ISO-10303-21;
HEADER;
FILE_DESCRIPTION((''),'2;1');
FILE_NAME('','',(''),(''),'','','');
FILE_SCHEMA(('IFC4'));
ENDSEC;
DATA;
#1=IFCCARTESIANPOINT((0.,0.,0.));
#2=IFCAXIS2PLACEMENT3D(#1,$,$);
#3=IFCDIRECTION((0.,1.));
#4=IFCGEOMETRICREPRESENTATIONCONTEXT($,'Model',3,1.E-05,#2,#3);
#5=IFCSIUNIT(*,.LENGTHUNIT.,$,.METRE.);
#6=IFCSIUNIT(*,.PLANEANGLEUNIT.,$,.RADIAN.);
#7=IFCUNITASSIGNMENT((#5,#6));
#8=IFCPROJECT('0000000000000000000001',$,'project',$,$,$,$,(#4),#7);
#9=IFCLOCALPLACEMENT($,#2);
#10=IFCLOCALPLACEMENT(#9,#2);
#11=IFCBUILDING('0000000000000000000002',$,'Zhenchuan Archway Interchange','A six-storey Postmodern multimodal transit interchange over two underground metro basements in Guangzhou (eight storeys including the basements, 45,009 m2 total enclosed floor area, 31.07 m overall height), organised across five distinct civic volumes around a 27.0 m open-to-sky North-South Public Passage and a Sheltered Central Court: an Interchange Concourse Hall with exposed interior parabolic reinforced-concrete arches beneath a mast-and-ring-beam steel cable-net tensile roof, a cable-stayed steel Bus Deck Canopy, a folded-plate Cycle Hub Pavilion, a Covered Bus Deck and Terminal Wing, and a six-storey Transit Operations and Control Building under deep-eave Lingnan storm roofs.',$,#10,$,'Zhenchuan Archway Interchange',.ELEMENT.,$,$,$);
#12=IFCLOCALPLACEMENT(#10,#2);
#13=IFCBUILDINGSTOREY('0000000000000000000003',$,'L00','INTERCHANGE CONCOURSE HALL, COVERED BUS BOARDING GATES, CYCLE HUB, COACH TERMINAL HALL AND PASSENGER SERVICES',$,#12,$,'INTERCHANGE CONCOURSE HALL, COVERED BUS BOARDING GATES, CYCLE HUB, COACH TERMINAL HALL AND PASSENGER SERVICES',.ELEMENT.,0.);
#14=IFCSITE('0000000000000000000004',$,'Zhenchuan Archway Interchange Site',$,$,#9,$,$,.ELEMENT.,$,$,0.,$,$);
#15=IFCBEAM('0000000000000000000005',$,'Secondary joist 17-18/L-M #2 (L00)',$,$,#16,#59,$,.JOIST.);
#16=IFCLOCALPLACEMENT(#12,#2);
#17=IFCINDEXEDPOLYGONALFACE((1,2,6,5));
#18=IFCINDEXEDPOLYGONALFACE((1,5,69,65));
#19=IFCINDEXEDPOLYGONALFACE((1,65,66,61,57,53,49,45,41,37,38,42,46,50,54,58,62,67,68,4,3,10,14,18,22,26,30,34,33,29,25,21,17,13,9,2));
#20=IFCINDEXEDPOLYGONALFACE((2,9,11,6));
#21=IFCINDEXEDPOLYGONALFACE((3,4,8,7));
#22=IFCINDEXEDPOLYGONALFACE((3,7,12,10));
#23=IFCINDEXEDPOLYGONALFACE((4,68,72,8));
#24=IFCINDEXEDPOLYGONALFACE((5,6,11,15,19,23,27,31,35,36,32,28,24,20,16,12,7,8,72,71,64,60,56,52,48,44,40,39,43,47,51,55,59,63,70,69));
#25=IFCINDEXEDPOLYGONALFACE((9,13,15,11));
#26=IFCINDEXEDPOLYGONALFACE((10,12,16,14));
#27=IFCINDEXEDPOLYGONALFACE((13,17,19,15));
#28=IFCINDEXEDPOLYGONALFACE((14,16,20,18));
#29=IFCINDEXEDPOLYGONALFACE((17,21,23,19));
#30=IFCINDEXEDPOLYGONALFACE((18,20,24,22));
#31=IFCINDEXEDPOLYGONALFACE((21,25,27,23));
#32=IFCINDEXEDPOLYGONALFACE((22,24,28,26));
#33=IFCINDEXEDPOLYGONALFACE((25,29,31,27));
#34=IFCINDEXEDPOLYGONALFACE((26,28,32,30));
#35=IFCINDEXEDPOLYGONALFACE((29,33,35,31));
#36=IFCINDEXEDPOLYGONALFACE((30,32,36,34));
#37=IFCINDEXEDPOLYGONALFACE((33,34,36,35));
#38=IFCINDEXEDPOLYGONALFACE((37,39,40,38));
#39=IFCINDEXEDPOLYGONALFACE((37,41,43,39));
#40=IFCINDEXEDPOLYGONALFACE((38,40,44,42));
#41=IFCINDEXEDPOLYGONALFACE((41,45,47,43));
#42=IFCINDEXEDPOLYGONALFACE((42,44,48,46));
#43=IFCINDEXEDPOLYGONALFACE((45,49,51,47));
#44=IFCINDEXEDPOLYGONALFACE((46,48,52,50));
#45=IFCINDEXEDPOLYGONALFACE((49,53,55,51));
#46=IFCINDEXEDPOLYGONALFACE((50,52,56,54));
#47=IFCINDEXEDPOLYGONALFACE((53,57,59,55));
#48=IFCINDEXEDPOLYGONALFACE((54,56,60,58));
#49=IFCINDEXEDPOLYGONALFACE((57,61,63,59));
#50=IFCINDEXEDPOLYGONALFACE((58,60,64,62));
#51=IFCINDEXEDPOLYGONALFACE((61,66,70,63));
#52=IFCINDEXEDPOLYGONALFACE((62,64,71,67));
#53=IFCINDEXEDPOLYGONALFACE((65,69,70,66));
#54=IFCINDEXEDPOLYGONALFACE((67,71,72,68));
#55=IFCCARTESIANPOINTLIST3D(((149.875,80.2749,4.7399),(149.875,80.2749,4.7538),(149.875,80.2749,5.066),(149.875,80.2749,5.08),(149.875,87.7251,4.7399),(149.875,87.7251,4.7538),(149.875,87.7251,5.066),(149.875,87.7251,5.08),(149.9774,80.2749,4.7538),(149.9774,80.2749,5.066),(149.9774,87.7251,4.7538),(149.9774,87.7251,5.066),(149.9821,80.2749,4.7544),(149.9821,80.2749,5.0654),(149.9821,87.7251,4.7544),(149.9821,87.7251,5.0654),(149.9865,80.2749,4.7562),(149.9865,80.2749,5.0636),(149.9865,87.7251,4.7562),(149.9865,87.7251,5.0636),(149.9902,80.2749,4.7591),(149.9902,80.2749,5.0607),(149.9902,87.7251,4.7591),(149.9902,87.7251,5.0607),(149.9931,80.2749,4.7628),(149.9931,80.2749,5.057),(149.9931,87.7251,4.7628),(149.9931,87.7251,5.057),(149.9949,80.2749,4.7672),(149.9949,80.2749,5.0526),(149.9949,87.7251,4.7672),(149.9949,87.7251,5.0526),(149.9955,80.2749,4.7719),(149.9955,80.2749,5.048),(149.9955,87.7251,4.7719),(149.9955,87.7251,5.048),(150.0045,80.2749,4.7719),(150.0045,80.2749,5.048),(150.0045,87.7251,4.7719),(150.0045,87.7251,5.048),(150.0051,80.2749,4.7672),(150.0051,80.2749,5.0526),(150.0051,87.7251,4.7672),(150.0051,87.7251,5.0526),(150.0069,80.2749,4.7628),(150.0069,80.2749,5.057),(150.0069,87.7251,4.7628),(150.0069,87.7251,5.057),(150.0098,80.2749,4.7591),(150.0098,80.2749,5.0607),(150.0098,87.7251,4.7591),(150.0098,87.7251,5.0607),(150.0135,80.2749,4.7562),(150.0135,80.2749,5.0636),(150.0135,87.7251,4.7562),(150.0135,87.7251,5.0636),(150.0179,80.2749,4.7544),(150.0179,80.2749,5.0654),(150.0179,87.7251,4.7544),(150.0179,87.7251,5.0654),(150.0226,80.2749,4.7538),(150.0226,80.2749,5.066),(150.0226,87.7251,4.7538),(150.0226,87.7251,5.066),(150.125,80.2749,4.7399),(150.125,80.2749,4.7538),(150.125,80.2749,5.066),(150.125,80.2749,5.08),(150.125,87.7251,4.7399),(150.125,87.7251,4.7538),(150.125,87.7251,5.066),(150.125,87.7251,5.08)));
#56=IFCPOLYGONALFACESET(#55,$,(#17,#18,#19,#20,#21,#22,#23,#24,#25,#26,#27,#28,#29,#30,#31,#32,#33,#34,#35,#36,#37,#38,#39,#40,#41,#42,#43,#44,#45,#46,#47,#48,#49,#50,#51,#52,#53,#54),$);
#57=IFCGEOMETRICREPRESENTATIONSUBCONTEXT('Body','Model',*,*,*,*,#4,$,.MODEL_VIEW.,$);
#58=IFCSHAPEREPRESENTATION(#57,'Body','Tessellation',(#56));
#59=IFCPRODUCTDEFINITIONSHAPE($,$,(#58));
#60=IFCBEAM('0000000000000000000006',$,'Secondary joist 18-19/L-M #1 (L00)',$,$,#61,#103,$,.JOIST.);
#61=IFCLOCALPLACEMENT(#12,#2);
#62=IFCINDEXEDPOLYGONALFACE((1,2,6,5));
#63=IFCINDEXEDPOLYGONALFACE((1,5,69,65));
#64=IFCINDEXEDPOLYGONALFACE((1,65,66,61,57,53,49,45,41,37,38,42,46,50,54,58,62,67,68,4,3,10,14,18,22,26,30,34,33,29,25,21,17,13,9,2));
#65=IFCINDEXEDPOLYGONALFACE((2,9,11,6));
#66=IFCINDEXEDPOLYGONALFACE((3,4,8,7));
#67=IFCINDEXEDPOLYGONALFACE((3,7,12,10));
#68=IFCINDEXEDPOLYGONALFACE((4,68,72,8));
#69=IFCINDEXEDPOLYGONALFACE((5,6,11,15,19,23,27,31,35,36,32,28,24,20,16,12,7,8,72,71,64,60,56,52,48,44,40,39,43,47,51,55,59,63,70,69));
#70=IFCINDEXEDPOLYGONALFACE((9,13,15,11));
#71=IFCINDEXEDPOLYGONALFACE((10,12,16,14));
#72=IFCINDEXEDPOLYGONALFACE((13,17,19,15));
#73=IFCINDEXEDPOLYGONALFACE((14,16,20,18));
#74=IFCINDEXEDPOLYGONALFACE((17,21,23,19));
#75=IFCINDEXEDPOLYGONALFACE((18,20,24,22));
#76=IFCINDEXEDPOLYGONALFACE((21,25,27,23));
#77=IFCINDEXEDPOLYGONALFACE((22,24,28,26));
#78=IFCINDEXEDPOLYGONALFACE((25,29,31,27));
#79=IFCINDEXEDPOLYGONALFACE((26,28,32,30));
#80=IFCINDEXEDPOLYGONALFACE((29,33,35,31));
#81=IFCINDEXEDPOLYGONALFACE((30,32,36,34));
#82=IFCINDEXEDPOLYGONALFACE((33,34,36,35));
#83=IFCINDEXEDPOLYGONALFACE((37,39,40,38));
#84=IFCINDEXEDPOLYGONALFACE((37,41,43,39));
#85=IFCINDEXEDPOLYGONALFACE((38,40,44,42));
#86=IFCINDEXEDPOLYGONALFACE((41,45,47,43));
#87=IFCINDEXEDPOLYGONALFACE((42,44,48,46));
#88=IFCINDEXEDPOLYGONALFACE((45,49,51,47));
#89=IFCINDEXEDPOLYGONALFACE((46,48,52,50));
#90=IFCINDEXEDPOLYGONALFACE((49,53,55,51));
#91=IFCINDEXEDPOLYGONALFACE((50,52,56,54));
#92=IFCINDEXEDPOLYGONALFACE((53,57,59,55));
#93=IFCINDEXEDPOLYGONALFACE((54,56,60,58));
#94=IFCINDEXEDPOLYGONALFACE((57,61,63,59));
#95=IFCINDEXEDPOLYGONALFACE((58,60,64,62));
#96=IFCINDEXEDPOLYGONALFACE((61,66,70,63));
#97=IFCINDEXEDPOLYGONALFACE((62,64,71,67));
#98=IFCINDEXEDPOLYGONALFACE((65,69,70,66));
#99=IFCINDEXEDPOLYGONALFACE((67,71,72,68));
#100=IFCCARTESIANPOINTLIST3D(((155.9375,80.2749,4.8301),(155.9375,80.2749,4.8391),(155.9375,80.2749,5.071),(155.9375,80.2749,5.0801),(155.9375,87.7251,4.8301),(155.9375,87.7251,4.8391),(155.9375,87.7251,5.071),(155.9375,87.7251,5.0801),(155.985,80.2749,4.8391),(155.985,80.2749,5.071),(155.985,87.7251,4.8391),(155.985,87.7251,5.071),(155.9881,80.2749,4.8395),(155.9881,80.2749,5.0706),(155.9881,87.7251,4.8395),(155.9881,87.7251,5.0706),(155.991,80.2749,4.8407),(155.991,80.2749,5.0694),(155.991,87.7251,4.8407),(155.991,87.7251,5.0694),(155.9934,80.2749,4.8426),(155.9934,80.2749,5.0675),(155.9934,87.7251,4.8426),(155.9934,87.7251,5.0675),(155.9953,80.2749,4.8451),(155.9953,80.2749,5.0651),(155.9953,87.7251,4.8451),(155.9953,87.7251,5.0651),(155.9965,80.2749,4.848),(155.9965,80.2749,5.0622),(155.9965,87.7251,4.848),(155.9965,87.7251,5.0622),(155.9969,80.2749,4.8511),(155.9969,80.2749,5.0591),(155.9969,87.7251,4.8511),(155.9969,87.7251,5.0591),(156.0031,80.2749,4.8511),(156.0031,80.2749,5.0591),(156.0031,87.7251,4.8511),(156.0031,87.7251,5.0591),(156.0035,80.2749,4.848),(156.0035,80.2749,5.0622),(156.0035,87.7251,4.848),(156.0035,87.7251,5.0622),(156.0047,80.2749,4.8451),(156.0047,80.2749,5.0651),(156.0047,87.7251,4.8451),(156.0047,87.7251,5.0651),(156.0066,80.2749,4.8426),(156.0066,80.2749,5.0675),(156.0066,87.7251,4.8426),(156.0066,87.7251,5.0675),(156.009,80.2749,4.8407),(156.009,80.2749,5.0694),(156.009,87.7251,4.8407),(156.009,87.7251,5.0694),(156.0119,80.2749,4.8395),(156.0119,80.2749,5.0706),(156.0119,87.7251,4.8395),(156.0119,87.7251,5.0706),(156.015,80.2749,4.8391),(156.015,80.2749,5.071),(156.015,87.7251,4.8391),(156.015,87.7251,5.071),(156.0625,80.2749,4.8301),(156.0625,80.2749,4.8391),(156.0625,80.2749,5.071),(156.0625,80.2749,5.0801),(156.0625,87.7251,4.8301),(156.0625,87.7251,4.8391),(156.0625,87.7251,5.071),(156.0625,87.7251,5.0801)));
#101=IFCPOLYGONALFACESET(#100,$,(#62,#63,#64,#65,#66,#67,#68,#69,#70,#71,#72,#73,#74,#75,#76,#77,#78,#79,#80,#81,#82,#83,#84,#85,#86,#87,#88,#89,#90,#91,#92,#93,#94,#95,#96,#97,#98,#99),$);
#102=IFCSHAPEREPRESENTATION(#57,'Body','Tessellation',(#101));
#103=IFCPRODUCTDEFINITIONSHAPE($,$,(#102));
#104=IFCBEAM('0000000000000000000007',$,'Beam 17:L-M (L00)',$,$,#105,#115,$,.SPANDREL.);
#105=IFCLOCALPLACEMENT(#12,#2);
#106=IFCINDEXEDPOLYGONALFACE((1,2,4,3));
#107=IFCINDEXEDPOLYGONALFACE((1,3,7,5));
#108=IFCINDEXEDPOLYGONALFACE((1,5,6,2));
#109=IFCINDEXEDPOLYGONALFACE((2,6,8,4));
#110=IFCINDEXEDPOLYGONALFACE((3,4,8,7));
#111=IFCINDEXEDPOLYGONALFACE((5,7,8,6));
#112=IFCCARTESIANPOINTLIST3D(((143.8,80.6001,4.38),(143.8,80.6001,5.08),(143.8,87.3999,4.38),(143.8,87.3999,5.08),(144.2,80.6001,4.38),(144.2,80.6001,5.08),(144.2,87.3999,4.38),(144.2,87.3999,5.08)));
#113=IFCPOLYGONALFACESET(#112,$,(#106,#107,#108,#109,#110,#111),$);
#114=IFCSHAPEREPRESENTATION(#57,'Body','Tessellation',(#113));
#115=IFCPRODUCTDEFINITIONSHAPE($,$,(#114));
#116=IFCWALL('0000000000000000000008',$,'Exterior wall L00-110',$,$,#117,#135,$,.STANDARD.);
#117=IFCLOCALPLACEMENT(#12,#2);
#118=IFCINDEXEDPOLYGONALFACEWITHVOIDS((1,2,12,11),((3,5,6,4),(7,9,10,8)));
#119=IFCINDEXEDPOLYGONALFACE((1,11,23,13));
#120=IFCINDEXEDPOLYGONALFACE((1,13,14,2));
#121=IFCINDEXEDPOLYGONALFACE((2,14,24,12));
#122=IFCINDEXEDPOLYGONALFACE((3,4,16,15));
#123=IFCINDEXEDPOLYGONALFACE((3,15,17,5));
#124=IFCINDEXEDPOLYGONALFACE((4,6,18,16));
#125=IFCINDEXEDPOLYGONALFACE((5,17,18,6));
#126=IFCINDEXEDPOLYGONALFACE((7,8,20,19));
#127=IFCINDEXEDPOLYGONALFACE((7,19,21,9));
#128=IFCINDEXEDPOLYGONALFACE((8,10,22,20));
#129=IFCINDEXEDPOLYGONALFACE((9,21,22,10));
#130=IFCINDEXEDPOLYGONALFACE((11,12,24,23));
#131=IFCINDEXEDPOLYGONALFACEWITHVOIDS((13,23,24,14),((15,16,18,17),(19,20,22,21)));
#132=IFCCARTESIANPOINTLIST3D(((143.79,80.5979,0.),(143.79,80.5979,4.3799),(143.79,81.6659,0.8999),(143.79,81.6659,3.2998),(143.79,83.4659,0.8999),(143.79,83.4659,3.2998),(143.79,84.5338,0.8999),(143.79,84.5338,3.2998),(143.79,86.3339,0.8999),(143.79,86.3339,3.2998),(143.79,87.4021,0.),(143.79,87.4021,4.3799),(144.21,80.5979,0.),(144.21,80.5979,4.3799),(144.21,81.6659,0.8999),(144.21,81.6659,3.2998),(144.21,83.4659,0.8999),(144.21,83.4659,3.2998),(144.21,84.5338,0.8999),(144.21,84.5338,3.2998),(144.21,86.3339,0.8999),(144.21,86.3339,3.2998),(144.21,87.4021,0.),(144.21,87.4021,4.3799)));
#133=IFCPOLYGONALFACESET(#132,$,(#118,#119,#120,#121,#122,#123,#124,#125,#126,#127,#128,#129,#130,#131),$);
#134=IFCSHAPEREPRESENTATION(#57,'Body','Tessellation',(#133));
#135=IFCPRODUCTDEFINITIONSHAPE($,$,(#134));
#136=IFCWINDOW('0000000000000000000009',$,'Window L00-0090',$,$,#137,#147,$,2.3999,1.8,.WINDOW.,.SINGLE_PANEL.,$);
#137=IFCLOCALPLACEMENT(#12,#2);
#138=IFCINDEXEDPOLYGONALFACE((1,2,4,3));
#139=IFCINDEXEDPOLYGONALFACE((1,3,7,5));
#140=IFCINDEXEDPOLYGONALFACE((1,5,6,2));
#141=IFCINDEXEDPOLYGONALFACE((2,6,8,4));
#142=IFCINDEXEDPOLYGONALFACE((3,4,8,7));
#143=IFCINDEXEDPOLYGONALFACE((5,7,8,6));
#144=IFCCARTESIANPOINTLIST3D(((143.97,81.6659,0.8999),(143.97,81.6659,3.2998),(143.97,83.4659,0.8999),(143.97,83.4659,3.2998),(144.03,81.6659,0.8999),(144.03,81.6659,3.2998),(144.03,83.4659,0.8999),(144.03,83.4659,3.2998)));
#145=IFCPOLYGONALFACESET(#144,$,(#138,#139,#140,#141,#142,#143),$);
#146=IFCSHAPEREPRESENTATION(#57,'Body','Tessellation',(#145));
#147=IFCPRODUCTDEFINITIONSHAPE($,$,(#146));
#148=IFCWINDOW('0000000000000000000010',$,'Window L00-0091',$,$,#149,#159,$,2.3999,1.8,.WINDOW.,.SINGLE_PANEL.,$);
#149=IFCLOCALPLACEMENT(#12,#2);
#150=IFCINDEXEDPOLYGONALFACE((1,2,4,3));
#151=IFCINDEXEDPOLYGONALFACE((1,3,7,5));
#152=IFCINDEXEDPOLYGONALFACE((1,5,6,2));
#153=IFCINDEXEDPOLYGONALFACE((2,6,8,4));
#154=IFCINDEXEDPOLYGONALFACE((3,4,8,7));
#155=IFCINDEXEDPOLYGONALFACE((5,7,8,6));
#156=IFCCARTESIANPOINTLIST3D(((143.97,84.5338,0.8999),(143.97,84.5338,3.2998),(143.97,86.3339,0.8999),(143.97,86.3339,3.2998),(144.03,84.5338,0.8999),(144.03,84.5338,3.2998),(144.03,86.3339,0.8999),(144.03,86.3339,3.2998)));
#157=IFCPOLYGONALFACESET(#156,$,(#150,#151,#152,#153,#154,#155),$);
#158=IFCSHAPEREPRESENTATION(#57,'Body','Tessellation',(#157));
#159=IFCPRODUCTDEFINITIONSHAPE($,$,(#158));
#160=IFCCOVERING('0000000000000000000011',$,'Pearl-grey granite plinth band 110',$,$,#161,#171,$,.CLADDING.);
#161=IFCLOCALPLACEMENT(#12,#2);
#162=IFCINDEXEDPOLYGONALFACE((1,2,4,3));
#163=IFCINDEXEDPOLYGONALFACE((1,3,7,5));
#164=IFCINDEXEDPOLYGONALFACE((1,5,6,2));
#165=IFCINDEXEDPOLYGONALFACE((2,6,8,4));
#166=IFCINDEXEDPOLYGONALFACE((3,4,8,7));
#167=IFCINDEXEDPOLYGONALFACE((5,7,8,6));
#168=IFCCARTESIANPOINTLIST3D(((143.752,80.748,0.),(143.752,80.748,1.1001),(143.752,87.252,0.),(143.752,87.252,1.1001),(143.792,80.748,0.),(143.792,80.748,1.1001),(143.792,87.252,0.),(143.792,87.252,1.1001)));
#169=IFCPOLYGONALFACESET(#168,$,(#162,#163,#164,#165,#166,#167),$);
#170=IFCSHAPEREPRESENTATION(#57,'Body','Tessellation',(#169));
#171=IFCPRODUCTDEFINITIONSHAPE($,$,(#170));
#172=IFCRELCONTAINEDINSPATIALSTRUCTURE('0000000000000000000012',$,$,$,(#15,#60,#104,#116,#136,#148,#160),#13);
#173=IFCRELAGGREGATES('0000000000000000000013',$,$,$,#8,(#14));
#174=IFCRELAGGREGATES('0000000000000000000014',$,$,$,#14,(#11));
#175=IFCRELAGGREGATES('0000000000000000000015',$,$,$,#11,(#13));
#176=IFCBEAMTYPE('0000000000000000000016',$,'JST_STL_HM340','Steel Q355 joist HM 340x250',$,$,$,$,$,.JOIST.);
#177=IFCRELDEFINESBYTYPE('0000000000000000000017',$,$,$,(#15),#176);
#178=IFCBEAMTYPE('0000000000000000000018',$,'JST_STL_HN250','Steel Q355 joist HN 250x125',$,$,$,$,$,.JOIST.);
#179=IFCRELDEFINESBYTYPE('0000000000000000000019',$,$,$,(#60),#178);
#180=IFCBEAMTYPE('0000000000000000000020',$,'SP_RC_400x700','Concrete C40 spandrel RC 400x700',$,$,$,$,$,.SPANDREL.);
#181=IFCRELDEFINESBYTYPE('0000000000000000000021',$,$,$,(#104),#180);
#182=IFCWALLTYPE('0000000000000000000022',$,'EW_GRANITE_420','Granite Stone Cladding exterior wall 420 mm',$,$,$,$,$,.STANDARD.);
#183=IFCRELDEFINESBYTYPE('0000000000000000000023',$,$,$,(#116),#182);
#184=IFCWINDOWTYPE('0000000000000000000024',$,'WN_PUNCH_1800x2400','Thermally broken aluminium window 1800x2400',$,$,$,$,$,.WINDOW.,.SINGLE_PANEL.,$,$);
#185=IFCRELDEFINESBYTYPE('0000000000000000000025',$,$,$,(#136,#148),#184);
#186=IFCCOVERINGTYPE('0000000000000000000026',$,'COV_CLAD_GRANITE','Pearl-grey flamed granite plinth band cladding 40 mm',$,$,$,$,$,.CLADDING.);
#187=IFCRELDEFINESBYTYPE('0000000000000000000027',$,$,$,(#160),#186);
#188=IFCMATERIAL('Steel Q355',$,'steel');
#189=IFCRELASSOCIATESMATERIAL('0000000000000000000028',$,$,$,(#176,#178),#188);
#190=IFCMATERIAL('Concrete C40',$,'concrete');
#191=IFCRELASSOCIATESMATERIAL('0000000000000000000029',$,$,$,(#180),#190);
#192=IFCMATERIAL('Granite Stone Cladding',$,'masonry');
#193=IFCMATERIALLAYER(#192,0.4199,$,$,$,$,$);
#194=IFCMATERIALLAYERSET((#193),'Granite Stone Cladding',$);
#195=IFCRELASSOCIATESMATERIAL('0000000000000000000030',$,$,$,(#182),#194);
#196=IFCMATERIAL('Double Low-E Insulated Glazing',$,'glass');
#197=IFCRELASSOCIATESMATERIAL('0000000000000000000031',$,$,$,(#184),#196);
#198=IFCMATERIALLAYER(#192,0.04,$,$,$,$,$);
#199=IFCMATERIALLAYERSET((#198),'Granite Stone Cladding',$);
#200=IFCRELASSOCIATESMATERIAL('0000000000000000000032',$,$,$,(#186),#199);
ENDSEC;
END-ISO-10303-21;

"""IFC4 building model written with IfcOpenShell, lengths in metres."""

from ifc_helpers import new_model, si_unit, direction, frame, frame_2d, origin, origin_2d, place, context, subcontext, project, spatial, rectangle, i_section, extrude, material, layer, layer_set, material_profile, profile_set, type_object, element, fill, save


model = new_model("IFC4")

# Units and contexts
model_context = context("Model", 3, precision=1e-05, world=origin(), true_north=direction((0.0, 1.0)))
body_context = subcontext(model_context, "Body", "Model", "MODEL_VIEW")
ifc_project = project(units=[si_unit("LENGTHUNIT", "METRE"), si_unit("PLANEANGLEUNIT", "RADIAN")], contexts=[model_context])

# Site, building, storey
site_placement = place(None, origin())
site = spatial("IfcSite", under=ifc_project, at=site_placement, Name="Zhenchuan Archway Interchange Site", CompositionType="ELEMENT", RefElevation=0.0)
building_placement = place(site_placement, origin())
building = spatial("IfcBuilding", under=site, at=building_placement, Name="Zhenchuan Archway Interchange", Description="A six-storey Postmodern multimodal transit interchange over two underground metro basements in Guangzhou (eight storeys including the basements, 45,009 m2 total enclosed floor area, 31.07 m overall height), organised across five distinct civic volumes around a 27.0 m open-to-sky North-South Public Passage and a Sheltered Central Court: an Interchange Concourse Hall with exposed interior parabolic reinforced-concrete arches beneath a mast-and-ring-beam steel cable-net tensile roof, a cable-stayed steel Bus Deck Canopy, a folded-plate Cycle Hub Pavilion, a Covered Bus Deck and Terminal Wing, and a six-storey Transit Operations and Control Building under deep-eave Lingnan storm roofs.", LongName="Zhenchuan Archway Interchange", CompositionType="ELEMENT")
storey_placement = place(building_placement, origin())
storey = spatial("IfcBuildingStorey", under=building, at=storey_placement, Name="L00", Description="INTERCHANGE CONCOURSE HALL, COVERED BUS BOARDING GATES, CYCLE HUB, COACH TERMINAL HALL AND PASSENGER SERVICES", LongName="INTERCHANGE CONCOURSE HALL, COVERED BUS BOARDING GATES, CYCLE HUB, COACH TERMINAL HALL AND PASSENGER SERVICES", CompositionType="ELEMENT", Elevation=0.0)

# Shared definitions
ifc_material_1 = material(Name="Concrete C40", Category="concrete")

# Beams
ifc_material_2 = material(Name="Steel Q355", Category="steel")
ifc_material_profile_1 = material_profile(ifc_material_2, i_section(OverallWidth=0.25, OverallDepth=0.3401, WebThickness=0.009, FlangeThickness=0.0139, FilletRadius=0.0181, at=origin_2d()), Name="HM 340x250")
ifc_profile_set_1 = profile_set([ifc_material_profile_1], Name="Steel Q355")
beam_type_1 = type_object("IfcBeamType", Name="JST_STL_HM340", Description="Steel Q355 joist HM 340x250", PredefinedType="JOIST", material=ifc_profile_set_1)
for number, where, z_axis, x_axis, name in (
    (1, (150.0, 80.2749, 4.9099), (0.0, 1.0, 0.0), (-1.0, 0.0, 0.0), "Secondary joist 17-18/L-M #2 (L00)"),
):
    element("IfcBeam", number, at=place(storey_placement, frame(where, z_axis=z_axis, x_axis=x_axis)), inside=storey, type_object=beam_type_1, Name=name, PredefinedType="JOIST", context=body_context, shape_type="SweptSolid", body=[
        extrude(i_section(OverallWidth=0.25, OverallDepth=0.3401, WebThickness=0.009, FlangeThickness=0.0139, FilletRadius=0.0181, at=origin_2d()), origin(), (0.0, 0.0, 1.0), 7.4502),
    ])
ifc_material_profile_2 = material_profile(ifc_material_2, i_section(OverallWidth=0.125, OverallDepth=0.25, WebThickness=0.0061, FlangeThickness=0.009, FilletRadius=0.012, at=origin_2d()), Name="HN 250x125")
ifc_profile_set_2 = profile_set([ifc_material_profile_2], Name="Steel Q355")
beam_type_2 = type_object("IfcBeamType", Name="JST_STL_HN250", Description="Steel Q355 joist HN 250x125", PredefinedType="JOIST", material=ifc_profile_set_2)
beam_1_placement = place(storey_placement, frame((156.0, 80.2749, 4.9551), z_axis=(0.0, 1.0, 0.0), x_axis=(-1.0, 0.0, 0.0)))
element("IfcBeam", 2, at=beam_1_placement, inside=storey, type_object=beam_type_2, Name="Secondary joist 18-19/L-M #1 (L00)", PredefinedType="JOIST", context=body_context, shape_type="SweptSolid", body=[
    extrude(i_section(OverallWidth=0.125, OverallDepth=0.25, WebThickness=0.0061, FlangeThickness=0.009, FilletRadius=0.012, at=origin_2d()), origin(), (0.0, 0.0, 1.0), 7.4502),
])
ifc_material_profile_3 = material_profile(ifc_material_1, rectangle(XDim=0.3999, YDim=0.7, at=origin_2d()), Name="RC 400x700")
ifc_profile_set_3 = profile_set([ifc_material_profile_3], Name="Concrete C40")
beam_type_3 = type_object("IfcBeamType", Name="SP_RC_400x700", Description="Concrete C40 spandrel RC 400x700", PredefinedType="SPANDREL", material=ifc_profile_set_3)
beam_2_placement = place(storey_placement, frame((144.0, 80.6001, 4.73), z_axis=(0.0, 1.0, 0.0), x_axis=(-1.0, 0.0, 0.0)))
element("IfcBeam", 3, at=beam_2_placement, inside=storey, type_object=beam_type_3, Name="Beam 17:L-M (L00)", PredefinedType="SPANDREL", context=body_context, shape_type="SweptSolid", body=[
    extrude(rectangle(XDim=0.3999, YDim=0.7, at=origin_2d()), origin(), (0.0, 0.0, 1.0), 6.7998),
])

# Wall, openings, windows
ifc_material_3 = material(Name="Granite Stone Cladding", Category="masonry")
ifc_layer_1 = layer(ifc_material_3, 0.4199)
ifc_layer_set_1 = layer_set([ifc_layer_1], Name="Granite Stone Cladding")
wall_type = type_object("IfcWallType", Name="EW_GRANITE_420", Description="Granite Stone Cladding exterior wall 420 mm", PredefinedType="STANDARD", material=ifc_layer_set_1)
wall_placement = place(storey_placement, frame((144.0, 80.5979, 0.0), z_axis=(0.0, 0.0, 1.0), x_axis=(0.0, 1.0, 0.0)))
wall = element("IfcWall", 4, at=wall_placement, inside=storey, type_object=wall_type, Name="Exterior wall L00-110", PredefinedType="STANDARD", context=body_context, shape_type="SweptSolid", body=[
    extrude(rectangle(XDim=6.8042, YDim=0.4199, at=frame_2d((3.4021, 0.0))), origin(), (0.0, 0.0, 1.0), 4.3799),
])
opening_1_placement = place(wall_placement, frame((1.0681, 0.0, 0.8999)))
opening_1 = element("IfcOpeningElement", 5, at=opening_1_placement, cuts=wall, PredefinedType="OPENING", context=body_context, shape_type="SweptSolid", body=[
    extrude(rectangle(XDim=1.8, YDim=2.3999, at=frame_2d((0.8999, 1.2))), frame((0.0, 0.2219, 0.0), z_axis=(0.0, -1.0, 0.0), x_axis=(1.0, 0.0, 0.0)), (0.0, 0.0, 1.0), 0.4438),
])
opening_2_placement = place(wall_placement, frame((3.936, 0.0, 0.8999)))
opening_2 = element("IfcOpeningElement", 6, at=opening_2_placement, cuts=wall, PredefinedType="OPENING", context=body_context, shape_type="SweptSolid", body=[
    extrude(rectangle(XDim=1.8, YDim=2.3999, at=frame_2d((0.8999, 1.2))), frame((0.0, 0.2219, 0.0), z_axis=(0.0, -1.0, 0.0), x_axis=(1.0, 0.0, 0.0)), (0.0, 0.0, 1.0), 0.4438),
])
ifc_material_4 = material(Name="Double Low-E Insulated Glazing", Category="glass")
window_type = type_object("IfcWindowType", Name="WN_PUNCH_1800x2400", Description="Thermally broken aluminium window 1800x2400", PartitioningType="SINGLE_PANEL", PredefinedType="WINDOW", material=ifc_material_4)
window_1_placement = place(opening_1_placement, origin())
window_1 = element("IfcWindow", 7, at=window_1_placement, inside=storey, type_object=window_type, Name="Window L00-0090", OverallHeight=2.3999, OverallWidth=1.8, PartitioningType="SINGLE_PANEL", PredefinedType="WINDOW", context=body_context, shape_type="SweptSolid", body=[
    extrude(rectangle(XDim=1.8, YDim=2.3999, at=frame_2d((0.8999, 1.2))), frame((0.0, 0.03, 0.0), z_axis=(0.0, -1.0, 0.0), x_axis=(1.0, 0.0, 0.0)), (0.0, 0.0, 1.0), 0.0601),
])
fill(opening_1, window_1)
window_2_placement = place(opening_2_placement, origin())
window_2 = element("IfcWindow", 8, at=window_2_placement, inside=storey, type_object=window_type, Name="Window L00-0091", OverallHeight=2.3999, OverallWidth=1.8, PartitioningType="SINGLE_PANEL", PredefinedType="WINDOW", context=body_context, shape_type="SweptSolid", body=[
    extrude(rectangle(XDim=1.8, YDim=2.3999, at=frame_2d((0.8999, 1.2))), frame((0.0, 0.03, 0.0), z_axis=(0.0, -1.0, 0.0), x_axis=(1.0, 0.0, 0.0)), (0.0, 0.0, 1.0), 0.0601),
])
fill(opening_2, window_2)

# Covering
ifc_layer_2 = layer(ifc_material_3, 0.04)
ifc_layer_set_2 = layer_set([ifc_layer_2], Name="Granite Stone Cladding")
covering_type = type_object("IfcCoveringType", Name="COV_CLAD_GRANITE", Description="Pearl-grey flamed granite plinth band cladding 40 mm", PredefinedType="CLADDING", material=ifc_layer_set_2)
covering_placement = place(storey_placement, frame((143.772, 84.0, 0.0), z_axis=(0.0, 0.0, 1.0), x_axis=(0.0, 1.0, 0.0)))
element("IfcCovering", 9, at=covering_placement, inside=storey, type_object=covering_type, Name="Pearl-grey granite plinth band 110", PredefinedType="CLADDING", context=body_context, shape_type="SweptSolid", body=[
    extrude(rectangle(XDim=6.5039, YDim=0.04, at=origin_2d()), origin(), (0.0, 0.0, 1.0), 1.1001),
])

save(model, "model.ifc")
